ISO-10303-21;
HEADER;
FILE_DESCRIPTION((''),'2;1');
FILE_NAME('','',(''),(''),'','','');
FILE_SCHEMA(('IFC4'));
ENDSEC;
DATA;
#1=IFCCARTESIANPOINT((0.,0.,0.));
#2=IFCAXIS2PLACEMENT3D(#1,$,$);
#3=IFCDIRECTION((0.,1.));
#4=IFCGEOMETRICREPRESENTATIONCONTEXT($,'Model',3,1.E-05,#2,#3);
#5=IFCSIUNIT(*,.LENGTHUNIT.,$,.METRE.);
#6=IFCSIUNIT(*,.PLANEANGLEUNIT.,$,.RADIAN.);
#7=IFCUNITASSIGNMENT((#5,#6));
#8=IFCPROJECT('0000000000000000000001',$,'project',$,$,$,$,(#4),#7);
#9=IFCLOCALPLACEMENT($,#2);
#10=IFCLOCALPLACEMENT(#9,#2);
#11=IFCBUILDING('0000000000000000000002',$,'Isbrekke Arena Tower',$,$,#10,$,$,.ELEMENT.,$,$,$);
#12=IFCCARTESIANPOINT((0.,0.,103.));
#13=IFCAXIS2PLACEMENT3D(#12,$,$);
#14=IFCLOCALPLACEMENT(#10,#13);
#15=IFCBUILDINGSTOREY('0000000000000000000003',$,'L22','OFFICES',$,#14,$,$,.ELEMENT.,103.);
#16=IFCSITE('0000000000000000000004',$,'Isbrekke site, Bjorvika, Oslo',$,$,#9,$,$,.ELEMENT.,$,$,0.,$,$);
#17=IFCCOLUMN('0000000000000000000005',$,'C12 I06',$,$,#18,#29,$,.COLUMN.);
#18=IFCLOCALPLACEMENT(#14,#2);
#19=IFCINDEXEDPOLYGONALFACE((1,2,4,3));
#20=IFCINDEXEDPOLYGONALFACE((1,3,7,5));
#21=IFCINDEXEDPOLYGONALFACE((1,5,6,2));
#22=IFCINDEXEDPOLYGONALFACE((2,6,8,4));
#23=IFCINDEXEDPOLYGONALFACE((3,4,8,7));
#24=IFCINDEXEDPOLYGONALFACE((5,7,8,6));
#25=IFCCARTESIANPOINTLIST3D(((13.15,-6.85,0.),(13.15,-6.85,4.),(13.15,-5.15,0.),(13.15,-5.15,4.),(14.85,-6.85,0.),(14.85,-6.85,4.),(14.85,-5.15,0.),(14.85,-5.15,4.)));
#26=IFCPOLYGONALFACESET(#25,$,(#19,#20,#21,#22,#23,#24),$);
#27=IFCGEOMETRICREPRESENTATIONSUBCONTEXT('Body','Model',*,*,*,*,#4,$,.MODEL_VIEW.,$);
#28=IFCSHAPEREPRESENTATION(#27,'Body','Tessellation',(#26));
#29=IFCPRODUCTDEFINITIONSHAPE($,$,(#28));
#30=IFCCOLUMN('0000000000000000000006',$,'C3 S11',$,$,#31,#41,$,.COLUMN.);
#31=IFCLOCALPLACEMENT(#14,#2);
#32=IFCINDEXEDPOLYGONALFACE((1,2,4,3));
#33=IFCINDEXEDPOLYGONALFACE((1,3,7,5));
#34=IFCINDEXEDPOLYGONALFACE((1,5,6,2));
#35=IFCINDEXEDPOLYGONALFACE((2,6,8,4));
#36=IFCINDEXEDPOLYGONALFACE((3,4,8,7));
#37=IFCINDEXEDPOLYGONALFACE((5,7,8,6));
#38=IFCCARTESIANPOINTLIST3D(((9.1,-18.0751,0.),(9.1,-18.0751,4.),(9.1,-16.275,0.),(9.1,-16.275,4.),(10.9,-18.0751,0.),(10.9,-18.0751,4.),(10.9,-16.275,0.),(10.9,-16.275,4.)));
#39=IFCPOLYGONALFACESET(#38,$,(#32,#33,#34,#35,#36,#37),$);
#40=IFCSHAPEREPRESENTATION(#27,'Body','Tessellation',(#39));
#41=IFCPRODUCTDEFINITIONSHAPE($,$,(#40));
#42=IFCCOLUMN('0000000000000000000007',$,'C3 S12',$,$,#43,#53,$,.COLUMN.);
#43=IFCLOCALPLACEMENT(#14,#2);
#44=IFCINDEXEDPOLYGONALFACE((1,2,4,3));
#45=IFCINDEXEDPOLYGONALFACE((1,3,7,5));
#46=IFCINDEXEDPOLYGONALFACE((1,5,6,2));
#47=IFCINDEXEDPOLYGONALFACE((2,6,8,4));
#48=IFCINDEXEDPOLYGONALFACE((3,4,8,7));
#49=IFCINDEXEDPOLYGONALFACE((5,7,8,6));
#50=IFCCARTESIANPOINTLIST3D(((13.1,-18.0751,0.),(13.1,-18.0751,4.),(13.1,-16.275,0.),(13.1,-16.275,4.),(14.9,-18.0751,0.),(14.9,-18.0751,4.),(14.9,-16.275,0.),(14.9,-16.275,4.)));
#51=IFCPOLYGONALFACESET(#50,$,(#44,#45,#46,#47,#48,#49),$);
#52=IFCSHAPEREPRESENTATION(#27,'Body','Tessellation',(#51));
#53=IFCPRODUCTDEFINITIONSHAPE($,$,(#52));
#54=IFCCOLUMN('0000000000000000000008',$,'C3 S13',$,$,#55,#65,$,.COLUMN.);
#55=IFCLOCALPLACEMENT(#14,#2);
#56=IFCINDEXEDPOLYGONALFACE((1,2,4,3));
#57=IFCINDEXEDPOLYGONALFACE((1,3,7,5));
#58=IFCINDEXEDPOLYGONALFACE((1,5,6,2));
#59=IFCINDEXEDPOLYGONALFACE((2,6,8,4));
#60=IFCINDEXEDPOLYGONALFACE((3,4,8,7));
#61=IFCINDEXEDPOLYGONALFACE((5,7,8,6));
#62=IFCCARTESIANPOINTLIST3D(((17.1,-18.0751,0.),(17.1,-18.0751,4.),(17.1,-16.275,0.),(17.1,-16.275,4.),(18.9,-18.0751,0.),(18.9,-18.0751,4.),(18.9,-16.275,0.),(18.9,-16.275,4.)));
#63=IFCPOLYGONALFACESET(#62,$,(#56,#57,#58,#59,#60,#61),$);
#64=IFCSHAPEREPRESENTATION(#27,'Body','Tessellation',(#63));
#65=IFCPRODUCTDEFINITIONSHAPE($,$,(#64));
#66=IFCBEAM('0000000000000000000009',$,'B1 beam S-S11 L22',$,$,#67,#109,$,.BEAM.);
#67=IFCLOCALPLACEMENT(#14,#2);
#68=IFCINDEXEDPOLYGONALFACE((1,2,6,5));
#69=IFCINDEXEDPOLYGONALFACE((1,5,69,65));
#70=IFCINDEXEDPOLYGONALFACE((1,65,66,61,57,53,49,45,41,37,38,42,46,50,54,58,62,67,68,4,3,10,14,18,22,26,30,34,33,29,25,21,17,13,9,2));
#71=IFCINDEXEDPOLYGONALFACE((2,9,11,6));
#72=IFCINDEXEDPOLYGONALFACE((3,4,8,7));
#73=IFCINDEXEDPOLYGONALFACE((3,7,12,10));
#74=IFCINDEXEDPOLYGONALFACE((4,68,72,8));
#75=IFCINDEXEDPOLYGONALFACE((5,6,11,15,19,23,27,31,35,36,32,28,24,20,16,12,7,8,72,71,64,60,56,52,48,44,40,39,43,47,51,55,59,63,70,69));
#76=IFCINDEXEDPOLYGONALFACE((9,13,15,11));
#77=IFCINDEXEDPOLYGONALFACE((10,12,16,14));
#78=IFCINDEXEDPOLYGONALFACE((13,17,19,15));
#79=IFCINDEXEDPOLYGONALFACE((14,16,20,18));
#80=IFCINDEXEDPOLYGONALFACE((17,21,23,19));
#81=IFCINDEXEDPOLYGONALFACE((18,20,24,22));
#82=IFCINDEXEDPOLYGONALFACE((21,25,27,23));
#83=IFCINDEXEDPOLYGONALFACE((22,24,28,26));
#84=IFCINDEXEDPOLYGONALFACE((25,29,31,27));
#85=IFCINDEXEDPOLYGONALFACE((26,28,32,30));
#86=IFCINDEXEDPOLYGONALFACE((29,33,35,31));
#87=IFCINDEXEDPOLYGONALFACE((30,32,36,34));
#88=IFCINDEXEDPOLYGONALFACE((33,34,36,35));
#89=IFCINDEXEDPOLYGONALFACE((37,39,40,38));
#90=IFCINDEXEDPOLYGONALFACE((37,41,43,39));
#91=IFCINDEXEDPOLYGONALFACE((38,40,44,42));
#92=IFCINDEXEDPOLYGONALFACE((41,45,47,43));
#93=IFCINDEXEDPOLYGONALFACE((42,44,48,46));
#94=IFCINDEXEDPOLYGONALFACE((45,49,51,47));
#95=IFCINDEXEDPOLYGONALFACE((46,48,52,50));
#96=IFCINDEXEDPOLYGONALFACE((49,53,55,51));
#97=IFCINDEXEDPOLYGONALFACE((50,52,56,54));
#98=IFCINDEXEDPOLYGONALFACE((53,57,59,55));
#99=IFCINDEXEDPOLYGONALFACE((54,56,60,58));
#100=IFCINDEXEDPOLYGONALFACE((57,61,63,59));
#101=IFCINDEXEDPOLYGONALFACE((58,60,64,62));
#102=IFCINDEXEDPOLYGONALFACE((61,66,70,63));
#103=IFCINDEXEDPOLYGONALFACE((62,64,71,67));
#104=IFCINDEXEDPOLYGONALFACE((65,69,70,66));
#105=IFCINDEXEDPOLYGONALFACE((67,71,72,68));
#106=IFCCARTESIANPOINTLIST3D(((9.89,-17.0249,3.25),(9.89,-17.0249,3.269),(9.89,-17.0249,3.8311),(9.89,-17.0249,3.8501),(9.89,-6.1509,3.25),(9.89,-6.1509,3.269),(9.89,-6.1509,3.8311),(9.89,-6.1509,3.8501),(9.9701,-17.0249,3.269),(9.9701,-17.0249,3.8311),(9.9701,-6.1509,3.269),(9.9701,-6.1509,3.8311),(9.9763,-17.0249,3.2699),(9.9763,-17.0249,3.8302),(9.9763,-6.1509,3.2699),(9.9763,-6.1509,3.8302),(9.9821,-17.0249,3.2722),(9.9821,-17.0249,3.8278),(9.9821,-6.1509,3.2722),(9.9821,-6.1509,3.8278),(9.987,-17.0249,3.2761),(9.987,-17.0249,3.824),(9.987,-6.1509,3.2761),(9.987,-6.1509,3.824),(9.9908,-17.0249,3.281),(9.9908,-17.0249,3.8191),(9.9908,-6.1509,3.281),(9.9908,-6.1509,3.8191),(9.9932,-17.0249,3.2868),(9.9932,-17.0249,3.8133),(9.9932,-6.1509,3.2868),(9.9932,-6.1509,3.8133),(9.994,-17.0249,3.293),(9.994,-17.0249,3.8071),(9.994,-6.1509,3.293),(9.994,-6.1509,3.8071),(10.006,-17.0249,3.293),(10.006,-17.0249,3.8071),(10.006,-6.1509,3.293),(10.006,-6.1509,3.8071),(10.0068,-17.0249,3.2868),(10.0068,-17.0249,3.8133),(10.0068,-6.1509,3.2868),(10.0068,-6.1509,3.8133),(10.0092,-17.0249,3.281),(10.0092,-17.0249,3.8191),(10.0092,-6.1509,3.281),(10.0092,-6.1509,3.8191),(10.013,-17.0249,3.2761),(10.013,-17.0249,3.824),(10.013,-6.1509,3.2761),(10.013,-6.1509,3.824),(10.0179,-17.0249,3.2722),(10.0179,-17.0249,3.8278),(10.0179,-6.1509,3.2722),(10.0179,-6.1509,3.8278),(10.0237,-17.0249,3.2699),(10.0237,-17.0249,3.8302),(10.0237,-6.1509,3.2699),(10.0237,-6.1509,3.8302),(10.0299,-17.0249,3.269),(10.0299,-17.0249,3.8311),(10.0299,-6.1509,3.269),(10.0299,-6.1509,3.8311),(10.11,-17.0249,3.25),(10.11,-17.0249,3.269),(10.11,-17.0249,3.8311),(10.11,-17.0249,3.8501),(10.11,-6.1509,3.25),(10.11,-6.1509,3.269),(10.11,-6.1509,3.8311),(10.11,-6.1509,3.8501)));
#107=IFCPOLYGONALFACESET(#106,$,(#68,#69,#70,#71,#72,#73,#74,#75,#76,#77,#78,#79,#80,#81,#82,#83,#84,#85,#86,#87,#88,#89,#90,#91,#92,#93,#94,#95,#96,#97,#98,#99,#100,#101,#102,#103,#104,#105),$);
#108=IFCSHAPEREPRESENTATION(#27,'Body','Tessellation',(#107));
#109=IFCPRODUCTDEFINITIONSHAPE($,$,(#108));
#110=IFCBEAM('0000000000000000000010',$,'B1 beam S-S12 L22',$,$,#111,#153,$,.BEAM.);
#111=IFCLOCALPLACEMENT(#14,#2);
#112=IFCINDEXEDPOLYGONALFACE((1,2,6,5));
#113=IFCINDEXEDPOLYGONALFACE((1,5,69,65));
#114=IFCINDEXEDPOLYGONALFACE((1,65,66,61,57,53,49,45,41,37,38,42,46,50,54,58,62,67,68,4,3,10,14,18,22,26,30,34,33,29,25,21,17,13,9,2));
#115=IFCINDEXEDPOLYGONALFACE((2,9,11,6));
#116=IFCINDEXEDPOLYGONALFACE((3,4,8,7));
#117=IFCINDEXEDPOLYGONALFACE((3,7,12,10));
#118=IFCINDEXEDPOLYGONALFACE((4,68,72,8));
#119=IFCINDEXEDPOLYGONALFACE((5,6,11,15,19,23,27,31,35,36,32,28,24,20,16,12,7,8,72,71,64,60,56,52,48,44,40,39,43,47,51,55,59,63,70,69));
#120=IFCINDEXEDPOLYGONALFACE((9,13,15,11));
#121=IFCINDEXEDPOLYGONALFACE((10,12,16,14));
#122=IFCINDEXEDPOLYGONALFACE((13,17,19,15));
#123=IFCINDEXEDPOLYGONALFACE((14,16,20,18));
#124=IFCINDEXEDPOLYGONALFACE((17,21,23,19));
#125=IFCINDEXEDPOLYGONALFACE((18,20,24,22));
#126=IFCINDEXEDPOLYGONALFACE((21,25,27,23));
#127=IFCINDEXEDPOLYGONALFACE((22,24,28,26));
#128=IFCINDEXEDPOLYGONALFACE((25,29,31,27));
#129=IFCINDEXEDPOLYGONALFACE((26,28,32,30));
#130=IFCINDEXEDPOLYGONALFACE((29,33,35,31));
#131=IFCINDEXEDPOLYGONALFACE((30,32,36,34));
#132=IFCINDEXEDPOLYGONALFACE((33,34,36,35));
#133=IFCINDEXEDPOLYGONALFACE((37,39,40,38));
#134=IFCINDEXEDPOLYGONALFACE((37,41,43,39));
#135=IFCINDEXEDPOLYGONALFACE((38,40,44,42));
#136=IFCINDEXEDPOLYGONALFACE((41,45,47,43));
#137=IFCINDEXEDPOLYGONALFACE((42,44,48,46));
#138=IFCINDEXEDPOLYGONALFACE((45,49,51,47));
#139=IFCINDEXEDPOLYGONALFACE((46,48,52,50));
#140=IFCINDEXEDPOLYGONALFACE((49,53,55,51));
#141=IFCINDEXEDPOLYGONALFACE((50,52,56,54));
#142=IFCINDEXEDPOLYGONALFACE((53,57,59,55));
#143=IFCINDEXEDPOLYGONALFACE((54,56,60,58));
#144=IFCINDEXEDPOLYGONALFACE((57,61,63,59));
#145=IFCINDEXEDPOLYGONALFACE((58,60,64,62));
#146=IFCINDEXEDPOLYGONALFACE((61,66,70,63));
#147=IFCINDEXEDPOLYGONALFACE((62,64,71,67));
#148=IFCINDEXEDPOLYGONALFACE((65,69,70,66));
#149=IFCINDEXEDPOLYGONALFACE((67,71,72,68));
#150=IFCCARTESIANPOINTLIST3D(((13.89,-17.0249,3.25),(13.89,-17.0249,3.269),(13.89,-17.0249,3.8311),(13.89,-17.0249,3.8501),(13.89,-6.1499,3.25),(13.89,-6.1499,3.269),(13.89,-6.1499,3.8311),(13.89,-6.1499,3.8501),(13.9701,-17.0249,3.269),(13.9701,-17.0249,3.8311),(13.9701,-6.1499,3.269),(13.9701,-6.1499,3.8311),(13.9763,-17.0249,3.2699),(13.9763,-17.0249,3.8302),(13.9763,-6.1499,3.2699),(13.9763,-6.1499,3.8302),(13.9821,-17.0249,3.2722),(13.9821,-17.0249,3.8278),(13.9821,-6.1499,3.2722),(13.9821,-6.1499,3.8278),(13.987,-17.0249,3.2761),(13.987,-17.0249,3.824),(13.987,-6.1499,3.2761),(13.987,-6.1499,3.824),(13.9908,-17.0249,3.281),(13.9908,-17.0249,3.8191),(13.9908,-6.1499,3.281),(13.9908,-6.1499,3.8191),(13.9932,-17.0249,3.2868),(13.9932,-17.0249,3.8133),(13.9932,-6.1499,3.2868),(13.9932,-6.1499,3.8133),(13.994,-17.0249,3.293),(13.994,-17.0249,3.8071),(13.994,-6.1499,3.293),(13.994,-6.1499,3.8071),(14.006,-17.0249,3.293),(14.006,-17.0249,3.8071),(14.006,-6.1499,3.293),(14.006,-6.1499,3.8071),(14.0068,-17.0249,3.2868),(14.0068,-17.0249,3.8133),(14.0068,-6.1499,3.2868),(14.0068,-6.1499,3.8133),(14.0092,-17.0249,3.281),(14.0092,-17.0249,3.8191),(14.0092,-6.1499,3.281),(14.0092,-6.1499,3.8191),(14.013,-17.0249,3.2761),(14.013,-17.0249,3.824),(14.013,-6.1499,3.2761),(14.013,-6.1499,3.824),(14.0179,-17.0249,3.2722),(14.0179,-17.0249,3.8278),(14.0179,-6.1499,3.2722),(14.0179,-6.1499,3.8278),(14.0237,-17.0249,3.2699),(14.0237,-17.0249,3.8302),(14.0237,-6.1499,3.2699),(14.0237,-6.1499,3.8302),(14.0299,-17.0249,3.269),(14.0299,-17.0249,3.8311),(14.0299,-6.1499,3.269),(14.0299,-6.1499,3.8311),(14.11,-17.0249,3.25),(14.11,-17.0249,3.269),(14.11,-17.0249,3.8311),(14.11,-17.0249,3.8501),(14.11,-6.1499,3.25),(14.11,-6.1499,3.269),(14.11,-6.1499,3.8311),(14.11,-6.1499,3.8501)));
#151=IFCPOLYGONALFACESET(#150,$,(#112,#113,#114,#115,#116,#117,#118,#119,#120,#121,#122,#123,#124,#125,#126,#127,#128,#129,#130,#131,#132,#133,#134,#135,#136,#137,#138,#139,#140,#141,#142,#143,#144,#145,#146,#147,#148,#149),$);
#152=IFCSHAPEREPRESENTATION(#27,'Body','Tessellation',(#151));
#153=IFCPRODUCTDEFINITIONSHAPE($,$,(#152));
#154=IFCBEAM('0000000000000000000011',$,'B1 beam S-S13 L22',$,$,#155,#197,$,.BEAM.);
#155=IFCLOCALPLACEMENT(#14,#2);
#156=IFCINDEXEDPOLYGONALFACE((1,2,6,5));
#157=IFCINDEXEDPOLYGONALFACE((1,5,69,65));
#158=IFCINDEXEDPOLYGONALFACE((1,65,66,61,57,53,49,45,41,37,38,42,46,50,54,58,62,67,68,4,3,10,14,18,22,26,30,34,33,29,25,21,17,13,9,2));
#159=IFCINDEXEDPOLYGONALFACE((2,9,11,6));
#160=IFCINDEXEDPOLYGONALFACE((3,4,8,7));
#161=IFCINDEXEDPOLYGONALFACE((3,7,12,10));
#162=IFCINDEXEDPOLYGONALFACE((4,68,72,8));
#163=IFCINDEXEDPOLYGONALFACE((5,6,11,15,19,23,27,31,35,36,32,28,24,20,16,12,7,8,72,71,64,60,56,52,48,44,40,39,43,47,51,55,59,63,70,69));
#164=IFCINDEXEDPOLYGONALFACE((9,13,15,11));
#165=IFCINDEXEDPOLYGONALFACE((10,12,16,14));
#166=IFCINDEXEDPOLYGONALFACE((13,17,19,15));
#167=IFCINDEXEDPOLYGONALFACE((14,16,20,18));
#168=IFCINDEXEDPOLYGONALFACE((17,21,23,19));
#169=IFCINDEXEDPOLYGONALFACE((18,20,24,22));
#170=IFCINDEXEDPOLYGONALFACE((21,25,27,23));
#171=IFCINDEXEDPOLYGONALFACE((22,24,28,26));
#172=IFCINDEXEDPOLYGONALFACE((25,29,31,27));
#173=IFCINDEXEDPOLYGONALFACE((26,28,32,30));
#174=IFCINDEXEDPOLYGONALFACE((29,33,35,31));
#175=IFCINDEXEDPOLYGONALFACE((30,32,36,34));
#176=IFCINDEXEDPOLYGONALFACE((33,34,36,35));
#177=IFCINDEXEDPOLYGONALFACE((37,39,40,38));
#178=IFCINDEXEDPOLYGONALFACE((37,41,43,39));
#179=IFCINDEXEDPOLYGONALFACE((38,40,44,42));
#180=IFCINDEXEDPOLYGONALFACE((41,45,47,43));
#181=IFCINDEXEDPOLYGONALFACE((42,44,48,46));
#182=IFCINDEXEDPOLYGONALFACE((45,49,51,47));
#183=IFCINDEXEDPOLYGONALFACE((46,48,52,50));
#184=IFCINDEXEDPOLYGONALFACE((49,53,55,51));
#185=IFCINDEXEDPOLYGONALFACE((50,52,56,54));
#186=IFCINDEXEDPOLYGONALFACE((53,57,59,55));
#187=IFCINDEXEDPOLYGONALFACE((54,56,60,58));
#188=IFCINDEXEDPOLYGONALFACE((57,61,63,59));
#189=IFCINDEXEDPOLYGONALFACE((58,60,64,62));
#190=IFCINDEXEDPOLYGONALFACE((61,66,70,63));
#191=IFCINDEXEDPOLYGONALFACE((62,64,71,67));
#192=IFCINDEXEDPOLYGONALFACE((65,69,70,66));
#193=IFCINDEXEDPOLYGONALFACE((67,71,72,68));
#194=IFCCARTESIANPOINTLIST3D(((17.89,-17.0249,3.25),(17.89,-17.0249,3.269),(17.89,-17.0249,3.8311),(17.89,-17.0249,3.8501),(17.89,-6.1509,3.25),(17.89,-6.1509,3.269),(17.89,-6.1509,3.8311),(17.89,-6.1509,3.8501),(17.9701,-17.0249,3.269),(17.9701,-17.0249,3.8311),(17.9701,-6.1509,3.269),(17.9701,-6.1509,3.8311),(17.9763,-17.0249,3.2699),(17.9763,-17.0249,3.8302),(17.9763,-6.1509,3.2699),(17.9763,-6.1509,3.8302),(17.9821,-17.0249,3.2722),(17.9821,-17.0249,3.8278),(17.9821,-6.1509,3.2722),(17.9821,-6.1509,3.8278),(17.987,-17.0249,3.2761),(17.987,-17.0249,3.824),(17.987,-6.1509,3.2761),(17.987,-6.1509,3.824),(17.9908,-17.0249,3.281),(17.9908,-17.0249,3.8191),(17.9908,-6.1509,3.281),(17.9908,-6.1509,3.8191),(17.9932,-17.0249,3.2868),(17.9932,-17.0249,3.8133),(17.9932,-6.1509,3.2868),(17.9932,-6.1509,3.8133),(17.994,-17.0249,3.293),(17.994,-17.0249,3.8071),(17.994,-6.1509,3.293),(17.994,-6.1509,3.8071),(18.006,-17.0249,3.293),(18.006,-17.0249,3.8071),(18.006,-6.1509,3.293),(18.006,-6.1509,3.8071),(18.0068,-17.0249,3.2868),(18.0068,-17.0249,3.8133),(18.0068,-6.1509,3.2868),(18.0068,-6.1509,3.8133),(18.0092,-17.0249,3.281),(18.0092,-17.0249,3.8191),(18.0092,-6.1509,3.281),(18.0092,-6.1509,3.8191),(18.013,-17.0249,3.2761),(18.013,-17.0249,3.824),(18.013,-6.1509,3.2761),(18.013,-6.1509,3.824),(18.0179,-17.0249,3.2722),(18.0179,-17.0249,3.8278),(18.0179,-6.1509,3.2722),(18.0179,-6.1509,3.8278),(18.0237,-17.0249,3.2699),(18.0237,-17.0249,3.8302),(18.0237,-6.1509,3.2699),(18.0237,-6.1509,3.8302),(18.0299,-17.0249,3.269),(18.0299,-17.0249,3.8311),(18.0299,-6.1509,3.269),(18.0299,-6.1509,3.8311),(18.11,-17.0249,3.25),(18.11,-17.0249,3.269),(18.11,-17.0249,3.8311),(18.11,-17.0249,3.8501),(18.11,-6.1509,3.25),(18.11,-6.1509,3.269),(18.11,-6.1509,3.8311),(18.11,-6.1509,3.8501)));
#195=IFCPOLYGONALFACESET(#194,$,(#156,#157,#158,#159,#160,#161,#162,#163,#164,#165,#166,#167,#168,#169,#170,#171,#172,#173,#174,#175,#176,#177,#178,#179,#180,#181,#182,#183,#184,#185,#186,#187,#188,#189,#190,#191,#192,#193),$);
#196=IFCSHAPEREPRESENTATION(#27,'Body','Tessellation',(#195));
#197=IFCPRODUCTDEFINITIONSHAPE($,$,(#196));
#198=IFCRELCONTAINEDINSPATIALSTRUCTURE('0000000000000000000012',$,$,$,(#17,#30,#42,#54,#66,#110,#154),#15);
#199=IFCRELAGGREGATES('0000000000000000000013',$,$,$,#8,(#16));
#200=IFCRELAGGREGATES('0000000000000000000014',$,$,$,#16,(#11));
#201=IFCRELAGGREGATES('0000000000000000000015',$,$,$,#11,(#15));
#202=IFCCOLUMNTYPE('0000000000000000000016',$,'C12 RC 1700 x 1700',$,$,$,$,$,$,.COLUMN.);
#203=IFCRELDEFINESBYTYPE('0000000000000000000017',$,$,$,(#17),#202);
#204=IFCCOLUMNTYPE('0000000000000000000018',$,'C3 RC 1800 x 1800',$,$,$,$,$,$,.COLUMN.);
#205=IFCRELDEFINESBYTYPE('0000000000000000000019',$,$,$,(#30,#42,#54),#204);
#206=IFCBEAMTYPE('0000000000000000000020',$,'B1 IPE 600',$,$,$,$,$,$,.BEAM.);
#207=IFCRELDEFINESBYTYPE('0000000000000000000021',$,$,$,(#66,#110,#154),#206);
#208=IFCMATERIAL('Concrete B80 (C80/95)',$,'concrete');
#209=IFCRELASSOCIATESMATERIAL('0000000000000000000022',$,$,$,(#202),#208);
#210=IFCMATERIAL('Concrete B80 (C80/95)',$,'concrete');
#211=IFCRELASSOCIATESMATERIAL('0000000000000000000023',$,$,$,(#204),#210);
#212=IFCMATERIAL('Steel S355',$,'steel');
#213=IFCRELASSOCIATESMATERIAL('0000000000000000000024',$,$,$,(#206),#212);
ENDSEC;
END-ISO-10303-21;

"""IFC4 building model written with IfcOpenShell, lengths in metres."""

from ifc_helpers import new_model, si_unit, direction, frame, origin, origin_2d, place, context, subcontext, project, spatial, rectangle, i_section, extrude, material, material_profile, profile_set, type_object, element, save


model = new_model("IFC4")

# Units and contexts
model_context = context("Model", 3, precision=1e-05, world=origin(), true_north=direction((0.0, 1.0)))
body_context = subcontext(model_context, "Body", "Model", "MODEL_VIEW")
ifc_project = project(units=[si_unit("LENGTHUNIT", "METRE"), si_unit("PLANEANGLEUNIT", "RADIAN")], contexts=[model_context])

# Site, building, storey
site_placement = place(None, origin())
site = spatial("IfcSite", under=ifc_project, at=site_placement, Name="Isbrekke site, Bjorvika, Oslo", CompositionType="ELEMENT", RefElevation=0.0)
building_placement = place(site_placement, origin())
building = spatial("IfcBuilding", under=site, at=building_placement, Name="Isbrekke Arena Tower", CompositionType="ELEMENT")
storey_placement = place(building_placement, frame((0.0, 0.0, 103.0)))
storey = spatial("IfcBuildingStorey", under=building, at=storey_placement, Name="L22", Description="OFFICES", CompositionType="ELEMENT", Elevation=103.0)

# Columns
ifc_material_1 = material(Name="Concrete B80 (C80/95)", Category="concrete")
ifc_material_profile_1 = material_profile(ifc_material_1, rectangle(XDim=1.7, YDim=1.7, at=origin_2d()), Name="RC 1700x1700")
ifc_profile_set_1 = profile_set([ifc_material_profile_1], Name="Concrete B80 (C80/95)")
column_type_1 = type_object("IfcColumnType", Name="C12 RC 1700 x 1700", PredefinedType="COLUMN", material=ifc_profile_set_1)
column_placement = place(storey_placement, frame((14.0, -6.0, 0.0), z_axis=(0.0, 0.0, 1.0), x_axis=(1.0, 0.0, 0.0)))
element("IfcColumn", 1, at=column_placement, inside=storey, type_object=column_type_1, Name="C12 I06", PredefinedType="COLUMN", context=body_context, shape_type="SweptSolid", body=[
    extrude(rectangle(XDim=1.7, YDim=1.7, at=origin_2d()), origin(), (0.0, 0.0, 1.0), 4.0),
])
ifc_material_2 = material(Name="Concrete B80 (C80/95)", Category="concrete")
ifc_material_profile_2 = material_profile(ifc_material_2, rectangle(XDim=1.8, YDim=1.8, at=origin_2d()), Name="RC 1800x1800")
ifc_profile_set_2 = profile_set([ifc_material_profile_2], Name="Concrete B80 (C80/95)")
column_type_2 = type_object("IfcColumnType", Name="C3 RC 1800 x 1800", PredefinedType="COLUMN", material=ifc_profile_set_2)
for number, where, z_axis, x_axis, name in (
    (2, (10.0, -17.175, 0.0), (0.0, 0.0, 1.0), (1.0, 0.0, 0.0), "C3 S11"),
    (3, (14.0, -17.175, 0.0), (0.0, 0.0, 1.0), (1.0, 0.0, 0.0), "C3 S12"),
    (4, (18.0, -17.175, 0.0), (0.0, 0.0, 1.0), (1.0, 0.0, 0.0), "C3 S13"),
):
    element("IfcColumn", number, at=place(storey_placement, frame(where, z_axis=z_axis, x_axis=x_axis)), inside=storey, type_object=column_type_2, Name=name, PredefinedType="COLUMN", context=body_context, shape_type="SweptSolid", body=[
        extrude(rectangle(XDim=1.8, YDim=1.8, at=origin_2d()), origin(), (0.0, 0.0, 1.0), 4.0),
    ])

# Beams
ifc_material_3 = material(Name="Steel S355", Category="steel")
ifc_material_profile_3 = material_profile(ifc_material_3, i_section(OverallWidth=0.22, OverallDepth=0.6001, WebThickness=0.012, FlangeThickness=0.019, FilletRadius=0.0239, at=origin_2d()), Name="IPE 600")
ifc_profile_set_3 = profile_set([ifc_material_profile_3], Name="Steel S355")
beam_type_1 = type_object("IfcBeamType", Name="B1 IPE 600", PredefinedType="BEAM", material=ifc_profile_set_3)
beam_1_placement = place(storey_placement, frame((10.0, -17.0249, 3.55), z_axis=(0.0, 1.0, 0.0), x_axis=(-1.0, 0.0, 0.0)))
element("IfcBeam", 5, at=beam_1_placement, inside=storey, type_object=beam_type_1, Name="B1 beam S-S11 L22", PredefinedType="BEAM", context=body_context, shape_type="SweptSolid", body=[
    extrude(i_section(OverallWidth=0.22, OverallDepth=0.6001, WebThickness=0.012, FlangeThickness=0.019, FilletRadius=0.0239, at=origin_2d()), origin(), (0.0, 0.0, 1.0), 10.874),
])
beam_2_placement = place(storey_placement, frame((14.0, -17.0249, 3.55), z_axis=(0.0, 1.0, 0.0), x_axis=(-1.0, 0.0, 0.0)))
element("IfcBeam", 6, at=beam_2_placement, inside=storey, type_object=beam_type_1, Name="B1 beam S-S12 L22", PredefinedType="BEAM", context=body_context, shape_type="SweptSolid", body=[
    extrude(i_section(OverallWidth=0.22, OverallDepth=0.6001, WebThickness=0.012, FlangeThickness=0.019, FilletRadius=0.0239, at=origin_2d()), origin(), (0.0, 0.0, 1.0), 10.875),
])
beam_3_placement = place(storey_placement, frame((18.0, -17.0249, 3.55), z_axis=(0.0, 1.0, 0.0), x_axis=(-1.0, 0.0, 0.0)))
element("IfcBeam", 7, at=beam_3_placement, inside=storey, type_object=beam_type_1, Name="B1 beam S-S13 L22", PredefinedType="BEAM", context=body_context, shape_type="SweptSolid", body=[
    extrude(i_section(OverallWidth=0.22, OverallDepth=0.6001, WebThickness=0.012, FlangeThickness=0.019, FilletRadius=0.0239, at=origin_2d()), origin(), (0.0, 0.0, 1.0), 10.874),
])

save(model, "model.ifc")
